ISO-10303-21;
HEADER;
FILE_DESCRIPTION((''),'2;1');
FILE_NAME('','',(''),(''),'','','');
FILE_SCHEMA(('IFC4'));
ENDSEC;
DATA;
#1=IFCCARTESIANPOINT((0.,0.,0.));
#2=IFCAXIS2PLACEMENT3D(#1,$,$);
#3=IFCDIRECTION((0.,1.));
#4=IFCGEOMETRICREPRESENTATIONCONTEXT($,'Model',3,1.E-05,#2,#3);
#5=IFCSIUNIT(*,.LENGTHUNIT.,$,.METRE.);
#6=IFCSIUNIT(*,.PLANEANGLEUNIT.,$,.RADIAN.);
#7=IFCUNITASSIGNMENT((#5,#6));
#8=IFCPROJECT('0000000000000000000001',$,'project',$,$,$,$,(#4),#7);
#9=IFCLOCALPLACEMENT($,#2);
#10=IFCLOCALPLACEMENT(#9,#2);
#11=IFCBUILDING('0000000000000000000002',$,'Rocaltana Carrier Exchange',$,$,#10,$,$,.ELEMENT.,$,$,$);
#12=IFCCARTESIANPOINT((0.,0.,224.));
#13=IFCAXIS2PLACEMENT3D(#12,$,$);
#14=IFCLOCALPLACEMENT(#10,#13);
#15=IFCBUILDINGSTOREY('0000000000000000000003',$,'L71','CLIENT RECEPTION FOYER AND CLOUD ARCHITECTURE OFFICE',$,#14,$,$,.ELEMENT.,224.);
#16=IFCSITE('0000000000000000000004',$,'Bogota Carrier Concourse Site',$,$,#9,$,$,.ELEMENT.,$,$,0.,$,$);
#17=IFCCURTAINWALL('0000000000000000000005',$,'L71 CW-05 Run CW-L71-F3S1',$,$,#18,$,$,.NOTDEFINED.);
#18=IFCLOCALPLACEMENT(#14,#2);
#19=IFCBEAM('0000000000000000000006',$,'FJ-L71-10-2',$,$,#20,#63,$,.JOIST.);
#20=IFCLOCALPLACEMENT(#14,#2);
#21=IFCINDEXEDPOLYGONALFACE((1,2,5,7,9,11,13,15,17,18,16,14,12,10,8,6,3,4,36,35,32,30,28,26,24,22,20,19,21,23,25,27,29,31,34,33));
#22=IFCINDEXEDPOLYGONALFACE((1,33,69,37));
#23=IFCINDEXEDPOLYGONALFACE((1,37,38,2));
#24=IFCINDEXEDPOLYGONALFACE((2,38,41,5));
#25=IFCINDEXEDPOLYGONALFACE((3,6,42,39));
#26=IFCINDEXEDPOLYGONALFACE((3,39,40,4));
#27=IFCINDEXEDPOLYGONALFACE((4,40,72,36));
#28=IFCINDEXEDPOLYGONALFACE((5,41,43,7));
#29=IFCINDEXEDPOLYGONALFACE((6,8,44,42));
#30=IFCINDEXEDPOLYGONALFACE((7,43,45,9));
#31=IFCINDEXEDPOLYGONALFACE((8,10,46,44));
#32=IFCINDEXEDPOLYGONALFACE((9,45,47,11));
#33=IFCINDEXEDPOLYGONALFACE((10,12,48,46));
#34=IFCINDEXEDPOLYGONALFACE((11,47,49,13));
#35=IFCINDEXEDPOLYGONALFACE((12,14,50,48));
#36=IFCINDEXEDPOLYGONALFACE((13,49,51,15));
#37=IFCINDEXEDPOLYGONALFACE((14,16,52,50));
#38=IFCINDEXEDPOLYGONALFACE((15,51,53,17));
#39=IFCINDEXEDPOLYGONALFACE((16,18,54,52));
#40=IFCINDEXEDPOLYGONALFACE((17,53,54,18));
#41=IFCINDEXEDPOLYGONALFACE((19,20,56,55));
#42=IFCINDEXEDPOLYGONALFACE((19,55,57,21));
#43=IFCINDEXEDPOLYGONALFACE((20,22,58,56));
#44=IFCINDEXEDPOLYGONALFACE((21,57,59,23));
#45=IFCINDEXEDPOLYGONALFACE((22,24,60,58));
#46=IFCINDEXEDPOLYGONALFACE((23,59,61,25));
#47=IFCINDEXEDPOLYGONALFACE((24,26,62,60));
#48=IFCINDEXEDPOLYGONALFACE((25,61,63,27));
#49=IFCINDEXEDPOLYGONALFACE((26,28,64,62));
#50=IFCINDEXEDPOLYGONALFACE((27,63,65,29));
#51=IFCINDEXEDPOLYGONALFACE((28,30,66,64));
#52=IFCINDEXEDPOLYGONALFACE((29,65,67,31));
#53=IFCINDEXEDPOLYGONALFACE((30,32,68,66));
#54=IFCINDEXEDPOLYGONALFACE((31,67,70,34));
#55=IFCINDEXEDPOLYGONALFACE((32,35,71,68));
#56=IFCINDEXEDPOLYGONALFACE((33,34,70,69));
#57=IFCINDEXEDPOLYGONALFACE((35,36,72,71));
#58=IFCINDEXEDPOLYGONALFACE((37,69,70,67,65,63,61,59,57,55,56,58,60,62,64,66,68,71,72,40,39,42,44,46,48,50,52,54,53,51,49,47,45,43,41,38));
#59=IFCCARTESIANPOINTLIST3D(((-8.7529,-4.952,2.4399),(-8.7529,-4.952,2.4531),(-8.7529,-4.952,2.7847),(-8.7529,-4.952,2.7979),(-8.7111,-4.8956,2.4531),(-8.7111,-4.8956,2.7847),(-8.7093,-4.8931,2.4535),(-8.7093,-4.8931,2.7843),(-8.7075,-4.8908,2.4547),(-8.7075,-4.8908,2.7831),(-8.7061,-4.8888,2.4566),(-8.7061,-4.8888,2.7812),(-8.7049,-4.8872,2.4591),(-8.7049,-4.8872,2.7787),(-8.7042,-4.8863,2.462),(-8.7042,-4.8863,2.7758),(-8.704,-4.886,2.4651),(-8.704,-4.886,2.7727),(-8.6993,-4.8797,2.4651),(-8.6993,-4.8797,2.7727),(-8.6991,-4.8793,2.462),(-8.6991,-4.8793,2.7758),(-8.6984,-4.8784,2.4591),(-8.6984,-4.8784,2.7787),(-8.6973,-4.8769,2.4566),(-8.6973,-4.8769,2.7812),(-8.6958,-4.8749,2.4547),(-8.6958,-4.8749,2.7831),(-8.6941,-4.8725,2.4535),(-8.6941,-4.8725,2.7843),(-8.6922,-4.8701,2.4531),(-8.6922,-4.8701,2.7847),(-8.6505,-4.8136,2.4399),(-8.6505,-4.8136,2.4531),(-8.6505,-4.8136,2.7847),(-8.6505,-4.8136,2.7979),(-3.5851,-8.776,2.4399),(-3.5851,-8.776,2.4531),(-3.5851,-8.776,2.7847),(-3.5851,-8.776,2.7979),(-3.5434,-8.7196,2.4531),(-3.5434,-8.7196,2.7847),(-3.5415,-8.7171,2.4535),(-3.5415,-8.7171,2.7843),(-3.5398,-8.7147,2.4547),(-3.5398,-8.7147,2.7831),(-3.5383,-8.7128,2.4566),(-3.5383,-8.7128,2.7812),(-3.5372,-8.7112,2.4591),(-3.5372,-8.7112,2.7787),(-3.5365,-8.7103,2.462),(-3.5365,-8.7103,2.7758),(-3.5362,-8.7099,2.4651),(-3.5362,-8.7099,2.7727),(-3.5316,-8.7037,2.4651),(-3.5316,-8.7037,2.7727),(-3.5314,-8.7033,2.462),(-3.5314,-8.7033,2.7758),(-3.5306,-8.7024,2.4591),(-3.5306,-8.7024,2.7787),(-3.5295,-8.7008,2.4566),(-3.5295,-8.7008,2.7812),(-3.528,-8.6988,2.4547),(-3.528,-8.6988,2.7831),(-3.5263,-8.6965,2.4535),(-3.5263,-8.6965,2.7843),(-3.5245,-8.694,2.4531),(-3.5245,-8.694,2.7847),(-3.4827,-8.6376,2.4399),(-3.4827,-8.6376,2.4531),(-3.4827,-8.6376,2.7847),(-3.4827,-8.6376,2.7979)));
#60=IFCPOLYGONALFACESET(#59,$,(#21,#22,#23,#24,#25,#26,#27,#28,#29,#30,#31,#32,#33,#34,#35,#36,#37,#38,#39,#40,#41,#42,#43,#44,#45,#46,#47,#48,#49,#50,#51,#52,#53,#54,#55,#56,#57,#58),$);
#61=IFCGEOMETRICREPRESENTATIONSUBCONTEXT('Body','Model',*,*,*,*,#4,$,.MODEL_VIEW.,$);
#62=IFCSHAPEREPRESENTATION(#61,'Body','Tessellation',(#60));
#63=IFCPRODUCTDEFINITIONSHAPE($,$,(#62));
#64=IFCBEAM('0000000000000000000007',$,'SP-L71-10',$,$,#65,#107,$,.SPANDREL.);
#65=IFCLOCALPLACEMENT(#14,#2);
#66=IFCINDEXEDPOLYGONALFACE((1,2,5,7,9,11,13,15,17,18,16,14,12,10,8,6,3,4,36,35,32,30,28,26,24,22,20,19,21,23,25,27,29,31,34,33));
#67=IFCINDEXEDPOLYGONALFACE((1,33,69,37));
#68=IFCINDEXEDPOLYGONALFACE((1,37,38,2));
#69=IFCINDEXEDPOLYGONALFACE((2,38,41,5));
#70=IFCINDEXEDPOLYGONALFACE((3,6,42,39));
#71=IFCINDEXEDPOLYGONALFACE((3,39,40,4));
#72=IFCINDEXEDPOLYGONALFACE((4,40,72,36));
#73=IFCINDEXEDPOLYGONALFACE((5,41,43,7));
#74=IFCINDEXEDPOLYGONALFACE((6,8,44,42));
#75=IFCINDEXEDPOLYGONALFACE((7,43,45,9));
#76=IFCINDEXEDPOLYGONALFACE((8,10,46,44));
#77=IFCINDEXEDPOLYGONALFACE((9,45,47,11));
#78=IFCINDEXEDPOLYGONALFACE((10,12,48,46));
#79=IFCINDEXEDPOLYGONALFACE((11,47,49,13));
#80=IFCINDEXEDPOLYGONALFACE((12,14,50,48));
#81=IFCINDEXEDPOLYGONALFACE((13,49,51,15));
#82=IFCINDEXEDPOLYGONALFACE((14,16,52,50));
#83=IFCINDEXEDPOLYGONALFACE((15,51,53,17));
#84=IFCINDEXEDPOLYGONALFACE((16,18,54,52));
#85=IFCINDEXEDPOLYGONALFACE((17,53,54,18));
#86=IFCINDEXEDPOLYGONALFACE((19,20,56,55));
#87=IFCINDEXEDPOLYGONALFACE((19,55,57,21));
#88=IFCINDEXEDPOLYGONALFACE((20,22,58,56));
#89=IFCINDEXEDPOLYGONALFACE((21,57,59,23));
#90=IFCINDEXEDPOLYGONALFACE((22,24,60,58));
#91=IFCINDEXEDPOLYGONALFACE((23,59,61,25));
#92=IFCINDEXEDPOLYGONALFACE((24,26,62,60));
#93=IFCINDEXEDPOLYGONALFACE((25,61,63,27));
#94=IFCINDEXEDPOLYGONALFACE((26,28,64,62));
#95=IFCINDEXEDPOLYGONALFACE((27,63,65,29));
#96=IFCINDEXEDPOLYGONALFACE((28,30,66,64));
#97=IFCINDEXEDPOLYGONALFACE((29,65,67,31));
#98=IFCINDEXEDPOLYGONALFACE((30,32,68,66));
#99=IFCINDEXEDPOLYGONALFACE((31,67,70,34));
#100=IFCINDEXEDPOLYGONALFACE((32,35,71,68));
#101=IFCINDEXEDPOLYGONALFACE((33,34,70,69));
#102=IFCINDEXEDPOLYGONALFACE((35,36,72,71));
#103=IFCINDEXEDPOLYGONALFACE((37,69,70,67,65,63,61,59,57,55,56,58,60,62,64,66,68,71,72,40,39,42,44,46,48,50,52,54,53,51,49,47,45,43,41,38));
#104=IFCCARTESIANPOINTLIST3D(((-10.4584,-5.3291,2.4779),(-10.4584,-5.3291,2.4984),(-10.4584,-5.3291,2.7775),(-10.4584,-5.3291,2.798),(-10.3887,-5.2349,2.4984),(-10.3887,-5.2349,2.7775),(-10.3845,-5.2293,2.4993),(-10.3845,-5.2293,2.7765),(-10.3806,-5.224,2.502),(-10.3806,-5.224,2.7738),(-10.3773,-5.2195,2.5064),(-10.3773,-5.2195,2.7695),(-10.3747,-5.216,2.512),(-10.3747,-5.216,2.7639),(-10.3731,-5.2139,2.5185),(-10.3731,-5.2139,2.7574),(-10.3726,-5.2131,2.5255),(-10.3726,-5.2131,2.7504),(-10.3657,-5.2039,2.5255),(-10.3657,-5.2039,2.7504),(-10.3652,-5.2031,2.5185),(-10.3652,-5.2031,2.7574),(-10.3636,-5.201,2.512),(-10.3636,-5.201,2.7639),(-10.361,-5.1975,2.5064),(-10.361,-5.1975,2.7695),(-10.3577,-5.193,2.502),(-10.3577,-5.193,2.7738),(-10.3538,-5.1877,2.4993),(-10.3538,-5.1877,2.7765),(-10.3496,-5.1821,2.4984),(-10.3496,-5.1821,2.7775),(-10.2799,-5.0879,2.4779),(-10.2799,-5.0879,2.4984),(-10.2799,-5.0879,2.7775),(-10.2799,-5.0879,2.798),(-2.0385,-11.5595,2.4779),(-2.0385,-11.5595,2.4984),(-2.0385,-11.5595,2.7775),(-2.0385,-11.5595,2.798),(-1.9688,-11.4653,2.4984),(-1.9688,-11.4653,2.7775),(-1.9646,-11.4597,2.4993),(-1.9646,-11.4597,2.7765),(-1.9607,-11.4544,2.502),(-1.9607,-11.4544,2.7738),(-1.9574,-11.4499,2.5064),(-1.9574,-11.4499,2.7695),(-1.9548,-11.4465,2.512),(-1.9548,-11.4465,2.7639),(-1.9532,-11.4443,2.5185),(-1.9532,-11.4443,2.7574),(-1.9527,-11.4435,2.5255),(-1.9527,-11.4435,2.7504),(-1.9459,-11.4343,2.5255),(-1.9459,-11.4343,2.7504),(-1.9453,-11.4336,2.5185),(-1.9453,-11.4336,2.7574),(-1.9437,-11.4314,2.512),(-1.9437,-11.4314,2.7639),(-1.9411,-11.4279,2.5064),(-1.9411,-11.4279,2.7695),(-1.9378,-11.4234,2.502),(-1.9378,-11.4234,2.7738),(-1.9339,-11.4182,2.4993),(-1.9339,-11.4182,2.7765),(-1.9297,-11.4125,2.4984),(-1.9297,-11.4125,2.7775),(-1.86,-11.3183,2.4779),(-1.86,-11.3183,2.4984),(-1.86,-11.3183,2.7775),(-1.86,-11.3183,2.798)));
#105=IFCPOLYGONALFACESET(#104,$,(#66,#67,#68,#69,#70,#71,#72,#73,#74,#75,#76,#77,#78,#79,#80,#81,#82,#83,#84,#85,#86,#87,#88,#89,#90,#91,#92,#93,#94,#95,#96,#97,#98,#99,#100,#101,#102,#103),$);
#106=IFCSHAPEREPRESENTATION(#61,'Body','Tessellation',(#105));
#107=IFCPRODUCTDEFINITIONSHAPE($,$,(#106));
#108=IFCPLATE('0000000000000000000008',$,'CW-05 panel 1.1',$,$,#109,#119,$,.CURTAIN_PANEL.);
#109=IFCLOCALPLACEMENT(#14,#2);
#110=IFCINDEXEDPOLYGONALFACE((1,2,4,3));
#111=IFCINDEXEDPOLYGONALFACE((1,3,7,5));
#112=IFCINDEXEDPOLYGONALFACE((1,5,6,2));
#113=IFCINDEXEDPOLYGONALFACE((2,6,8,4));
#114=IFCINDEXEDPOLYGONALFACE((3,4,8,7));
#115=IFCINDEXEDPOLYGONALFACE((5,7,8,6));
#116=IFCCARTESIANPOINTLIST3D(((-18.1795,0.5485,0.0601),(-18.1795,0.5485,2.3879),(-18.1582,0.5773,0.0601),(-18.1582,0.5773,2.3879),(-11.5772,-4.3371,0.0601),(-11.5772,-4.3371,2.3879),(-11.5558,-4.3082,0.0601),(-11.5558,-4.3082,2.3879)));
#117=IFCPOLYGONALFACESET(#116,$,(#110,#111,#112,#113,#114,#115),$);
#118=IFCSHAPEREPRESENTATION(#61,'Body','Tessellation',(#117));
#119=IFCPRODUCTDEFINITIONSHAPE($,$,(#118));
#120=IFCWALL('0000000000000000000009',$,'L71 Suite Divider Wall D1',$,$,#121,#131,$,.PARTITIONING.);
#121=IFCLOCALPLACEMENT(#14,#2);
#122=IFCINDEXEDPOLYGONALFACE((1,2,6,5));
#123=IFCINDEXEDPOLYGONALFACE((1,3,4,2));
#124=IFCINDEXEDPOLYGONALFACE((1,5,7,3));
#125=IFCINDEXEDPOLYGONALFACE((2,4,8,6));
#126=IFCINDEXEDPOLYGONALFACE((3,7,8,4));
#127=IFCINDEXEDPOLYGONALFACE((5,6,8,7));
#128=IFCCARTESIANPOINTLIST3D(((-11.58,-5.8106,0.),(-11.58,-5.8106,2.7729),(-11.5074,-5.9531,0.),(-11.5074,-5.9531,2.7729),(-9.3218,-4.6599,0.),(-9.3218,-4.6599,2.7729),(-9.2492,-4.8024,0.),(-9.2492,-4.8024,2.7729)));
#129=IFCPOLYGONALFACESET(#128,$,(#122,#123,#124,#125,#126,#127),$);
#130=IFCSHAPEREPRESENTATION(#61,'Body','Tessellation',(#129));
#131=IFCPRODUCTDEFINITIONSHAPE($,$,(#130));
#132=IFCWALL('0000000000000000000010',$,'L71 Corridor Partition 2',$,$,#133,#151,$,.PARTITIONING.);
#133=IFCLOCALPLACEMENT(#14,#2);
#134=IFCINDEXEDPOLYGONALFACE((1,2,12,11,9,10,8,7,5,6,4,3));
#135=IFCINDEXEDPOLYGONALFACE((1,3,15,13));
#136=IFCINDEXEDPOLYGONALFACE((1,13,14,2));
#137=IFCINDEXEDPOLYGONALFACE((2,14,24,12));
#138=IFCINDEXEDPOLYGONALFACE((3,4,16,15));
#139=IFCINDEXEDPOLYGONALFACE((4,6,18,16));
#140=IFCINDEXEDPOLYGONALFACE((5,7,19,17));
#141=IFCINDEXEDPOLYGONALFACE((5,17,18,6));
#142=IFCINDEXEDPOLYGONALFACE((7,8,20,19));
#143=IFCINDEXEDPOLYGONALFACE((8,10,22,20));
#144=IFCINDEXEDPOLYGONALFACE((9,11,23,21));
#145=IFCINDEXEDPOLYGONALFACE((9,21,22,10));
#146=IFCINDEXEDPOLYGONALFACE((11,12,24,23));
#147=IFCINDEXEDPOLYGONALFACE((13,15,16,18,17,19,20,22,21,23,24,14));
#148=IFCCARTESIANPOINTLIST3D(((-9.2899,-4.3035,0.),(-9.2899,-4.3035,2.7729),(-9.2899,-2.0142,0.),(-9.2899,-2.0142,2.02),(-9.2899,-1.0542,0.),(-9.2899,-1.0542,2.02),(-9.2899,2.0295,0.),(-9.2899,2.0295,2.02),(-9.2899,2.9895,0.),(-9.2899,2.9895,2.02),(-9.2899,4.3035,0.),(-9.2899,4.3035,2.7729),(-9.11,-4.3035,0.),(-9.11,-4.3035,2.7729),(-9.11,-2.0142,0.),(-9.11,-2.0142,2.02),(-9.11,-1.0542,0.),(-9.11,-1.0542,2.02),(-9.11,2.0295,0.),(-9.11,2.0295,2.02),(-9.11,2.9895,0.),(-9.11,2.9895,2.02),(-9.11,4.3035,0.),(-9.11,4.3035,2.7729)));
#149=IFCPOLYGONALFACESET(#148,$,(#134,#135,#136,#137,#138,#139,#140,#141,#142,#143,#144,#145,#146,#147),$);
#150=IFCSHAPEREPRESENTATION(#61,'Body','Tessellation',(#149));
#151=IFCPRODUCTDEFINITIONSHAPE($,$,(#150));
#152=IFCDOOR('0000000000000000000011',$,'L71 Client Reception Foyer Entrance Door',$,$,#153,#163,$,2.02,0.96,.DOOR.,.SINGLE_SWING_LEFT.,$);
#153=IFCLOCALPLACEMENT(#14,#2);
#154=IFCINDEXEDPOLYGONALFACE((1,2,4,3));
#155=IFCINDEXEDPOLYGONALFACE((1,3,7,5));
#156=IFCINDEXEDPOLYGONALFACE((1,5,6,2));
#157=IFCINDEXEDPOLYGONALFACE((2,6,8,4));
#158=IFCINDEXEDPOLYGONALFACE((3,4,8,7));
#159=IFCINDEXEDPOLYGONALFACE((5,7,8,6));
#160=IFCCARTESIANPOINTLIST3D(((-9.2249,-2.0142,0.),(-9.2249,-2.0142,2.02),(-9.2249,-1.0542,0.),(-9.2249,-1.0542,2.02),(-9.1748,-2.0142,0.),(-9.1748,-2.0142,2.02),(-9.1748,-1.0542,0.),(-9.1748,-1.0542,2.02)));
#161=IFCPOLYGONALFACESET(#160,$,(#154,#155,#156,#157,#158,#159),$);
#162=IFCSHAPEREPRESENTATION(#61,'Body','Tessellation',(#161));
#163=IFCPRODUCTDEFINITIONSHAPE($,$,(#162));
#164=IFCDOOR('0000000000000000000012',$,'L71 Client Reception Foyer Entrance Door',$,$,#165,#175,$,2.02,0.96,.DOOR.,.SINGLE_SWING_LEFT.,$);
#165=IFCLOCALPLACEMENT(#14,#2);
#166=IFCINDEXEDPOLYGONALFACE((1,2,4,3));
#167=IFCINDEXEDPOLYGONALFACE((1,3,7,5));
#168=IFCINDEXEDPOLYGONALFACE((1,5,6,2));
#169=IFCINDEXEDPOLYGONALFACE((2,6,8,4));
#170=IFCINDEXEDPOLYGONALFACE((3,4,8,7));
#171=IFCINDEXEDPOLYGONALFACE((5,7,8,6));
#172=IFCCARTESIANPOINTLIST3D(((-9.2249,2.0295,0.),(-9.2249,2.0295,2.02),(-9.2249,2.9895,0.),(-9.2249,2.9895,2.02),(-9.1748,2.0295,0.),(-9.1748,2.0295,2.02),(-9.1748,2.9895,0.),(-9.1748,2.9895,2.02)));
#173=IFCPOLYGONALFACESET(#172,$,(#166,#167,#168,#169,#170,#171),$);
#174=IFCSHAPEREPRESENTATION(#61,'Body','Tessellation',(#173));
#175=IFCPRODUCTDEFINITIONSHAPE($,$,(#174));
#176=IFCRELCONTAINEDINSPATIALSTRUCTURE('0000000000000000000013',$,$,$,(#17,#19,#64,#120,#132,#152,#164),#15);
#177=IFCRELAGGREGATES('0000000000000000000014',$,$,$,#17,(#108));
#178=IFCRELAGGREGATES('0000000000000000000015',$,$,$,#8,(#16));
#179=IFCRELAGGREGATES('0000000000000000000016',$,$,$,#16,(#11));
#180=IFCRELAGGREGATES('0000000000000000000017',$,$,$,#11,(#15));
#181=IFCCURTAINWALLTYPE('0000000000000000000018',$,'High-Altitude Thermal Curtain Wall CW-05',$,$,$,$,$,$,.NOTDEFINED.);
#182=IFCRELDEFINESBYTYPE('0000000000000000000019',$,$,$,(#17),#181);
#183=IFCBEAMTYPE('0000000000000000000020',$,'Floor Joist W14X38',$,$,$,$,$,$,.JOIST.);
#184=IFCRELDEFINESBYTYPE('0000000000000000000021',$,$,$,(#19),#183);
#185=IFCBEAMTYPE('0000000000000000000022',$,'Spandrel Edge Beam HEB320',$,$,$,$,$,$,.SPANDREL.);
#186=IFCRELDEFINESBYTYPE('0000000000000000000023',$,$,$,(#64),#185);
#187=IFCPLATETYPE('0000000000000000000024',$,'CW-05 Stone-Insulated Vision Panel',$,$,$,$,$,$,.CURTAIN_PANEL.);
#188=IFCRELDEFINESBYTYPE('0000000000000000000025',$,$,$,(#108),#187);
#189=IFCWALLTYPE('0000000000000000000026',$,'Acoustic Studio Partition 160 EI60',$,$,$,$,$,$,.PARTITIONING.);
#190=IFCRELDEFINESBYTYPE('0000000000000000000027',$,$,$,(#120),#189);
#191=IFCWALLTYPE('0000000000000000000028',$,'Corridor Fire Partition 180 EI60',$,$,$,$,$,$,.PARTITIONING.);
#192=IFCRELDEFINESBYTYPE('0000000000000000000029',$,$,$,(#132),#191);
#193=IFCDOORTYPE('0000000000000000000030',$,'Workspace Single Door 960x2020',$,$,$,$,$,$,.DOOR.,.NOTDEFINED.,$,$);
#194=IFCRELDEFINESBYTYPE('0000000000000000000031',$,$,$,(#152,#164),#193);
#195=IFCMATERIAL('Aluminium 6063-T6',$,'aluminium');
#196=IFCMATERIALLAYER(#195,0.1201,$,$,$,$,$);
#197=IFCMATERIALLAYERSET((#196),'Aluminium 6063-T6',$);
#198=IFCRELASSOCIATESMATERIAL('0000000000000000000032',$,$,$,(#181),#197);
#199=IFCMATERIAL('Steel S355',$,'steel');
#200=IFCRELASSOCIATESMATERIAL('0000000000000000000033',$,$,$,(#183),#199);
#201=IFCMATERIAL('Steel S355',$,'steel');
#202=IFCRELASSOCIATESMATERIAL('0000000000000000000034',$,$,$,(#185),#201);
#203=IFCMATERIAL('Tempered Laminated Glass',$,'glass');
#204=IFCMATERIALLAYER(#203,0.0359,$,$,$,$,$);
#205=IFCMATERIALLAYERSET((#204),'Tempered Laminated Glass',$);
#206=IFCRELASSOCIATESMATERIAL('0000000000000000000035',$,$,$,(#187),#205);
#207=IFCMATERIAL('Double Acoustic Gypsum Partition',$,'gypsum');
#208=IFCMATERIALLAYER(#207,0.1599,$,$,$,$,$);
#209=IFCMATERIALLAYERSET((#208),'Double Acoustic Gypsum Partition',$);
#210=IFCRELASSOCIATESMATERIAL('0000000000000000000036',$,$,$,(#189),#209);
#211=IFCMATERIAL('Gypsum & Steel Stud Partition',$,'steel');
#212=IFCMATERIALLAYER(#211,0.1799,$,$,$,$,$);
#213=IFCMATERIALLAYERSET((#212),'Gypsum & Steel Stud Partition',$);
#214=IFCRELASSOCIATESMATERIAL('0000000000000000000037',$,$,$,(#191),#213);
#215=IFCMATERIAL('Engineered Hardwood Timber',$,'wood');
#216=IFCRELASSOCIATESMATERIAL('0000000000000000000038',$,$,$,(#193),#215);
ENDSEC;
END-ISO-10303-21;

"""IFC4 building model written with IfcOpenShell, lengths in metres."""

from ifc_helpers import new_model, si_unit, direction, frame, frame_2d, origin, origin_2d, place, context, subcontext, project, spatial, rectangle, i_section, extrude, material, layer, layer_set, material_profile, profile_set, type_object, element, fill, aggregate, save


model = new_model("IFC4")

# Units and contexts
model_context = context("Model", 3, precision=1e-05, world=origin(), true_north=direction((0.0, 1.0)))
body_context = subcontext(model_context, "Body", "Model", "MODEL_VIEW")
ifc_project = project(units=[si_unit("LENGTHUNIT", "METRE"), si_unit("PLANEANGLEUNIT", "RADIAN")], contexts=[model_context])

# Site, building, storey
site_placement = place(None, origin())
site = spatial("IfcSite", under=ifc_project, at=site_placement, Name="Bogota Carrier Concourse Site", CompositionType="ELEMENT", RefElevation=0.0)
building_placement = place(site_placement, origin())
building = spatial("IfcBuilding", under=site, at=building_placement, Name="Rocaltana Carrier Exchange", CompositionType="ELEMENT")
storey_placement = place(building_placement, frame((0.0, 0.0, 224.0)))
storey = spatial("IfcBuildingStorey", under=building, at=storey_placement, Name="L71", Description="CLIENT RECEPTION FOYER AND CLOUD ARCHITECTURE OFFICE", CompositionType="ELEMENT", Elevation=224.0)

# Curtain wall
ifc_material_1 = material(Name="Aluminium 6063-T6", Category="aluminium")
ifc_layer_1 = layer(ifc_material_1, 0.1201)
ifc_layer_set_1 = layer_set([ifc_layer_1], Name="Aluminium 6063-T6")
curtain_wall_type = type_object("IfcCurtainWallType", Name="High-Altitude Thermal Curtain Wall CW-05", PredefinedType="NOTDEFINED", material=ifc_layer_set_1)
curtain_wall_1_placement = place(storey_placement, origin())
curtain_wall_1 = element("IfcCurtainWall", 1, at=curtain_wall_1_placement, inside=storey, type_object=curtain_wall_type, Name="L71 CW-05 Run CW-L71-F3S1", PredefinedType="NOTDEFINED")

# Beams
ifc_material_2 = material(Name="Steel S355", Category="steel")
ifc_material_profile_1 = material_profile(ifc_material_2, i_section(OverallWidth=0.1721, OverallDepth=0.3579, WebThickness=0.0078, FlangeThickness=0.0132, FilletRadius=0.012, at=origin_2d()), Name="W14X38")
ifc_profile_set_1 = profile_set([ifc_material_profile_1], Name="Steel S355")
beam_type_1 = type_object("IfcBeamType", Name="Floor Joist W14X38", PredefinedType="JOIST", material=ifc_profile_set_1)
beam_1_placement = place(storey_placement, frame((-8.7017, -4.8828, 2.6189), z_axis=(0.803852, -0.594829, 0.0), x_axis=(0.594829, 0.803852, 0.0)))
element("IfcBeam", 2, at=beam_1_placement, inside=storey, type_object=beam_type_1, Name="FJ-L71-10-2", PredefinedType="JOIST", context=body_context, shape_type="SweptSolid", body=[
    extrude(i_section(OverallWidth=0.1721, OverallDepth=0.3579, WebThickness=0.0078, FlangeThickness=0.0132, FilletRadius=0.012, at=origin_2d()), origin(), (0.0, 0.0, 1.0), 6.4287),
])
ifc_material_3 = material(Name="Steel S355", Category="steel")
ifc_material_profile_2 = material_profile(ifc_material_3, i_section(OverallWidth=0.3, OverallDepth=0.3201, WebThickness=0.0115, FlangeThickness=0.0205, FilletRadius=0.0271, at=origin_2d()), Name="HEB320")
ifc_profile_set_2 = profile_set([ifc_material_profile_2], Name="Steel S355")
beam_type_2 = type_object("IfcBeamType", Name="Spandrel Edge Beam HEB320", PredefinedType="SPANDREL", material=ifc_profile_set_2)
beam_2_placement = place(storey_placement, frame((-10.3691, -5.2085, 2.6379), z_axis=(0.803854, -0.594826, 0.0), x_axis=(0.594826, 0.803854, 0.0)))
element("IfcBeam", 3, at=beam_2_placement, inside=storey, type_object=beam_type_2, Name="SP-L71-10", PredefinedType="SPANDREL", context=body_context, shape_type="SweptSolid", body=[
    extrude(i_section(OverallWidth=0.3, OverallDepth=0.3201, WebThickness=0.0115, FlangeThickness=0.0205, FilletRadius=0.0271, at=origin_2d()), origin(), (0.0, 0.0, 1.0), 10.4744),
])

# Plate
ifc_material_4 = material(Name="Tempered Laminated Glass", Category="glass")
ifc_layer_2 = layer(ifc_material_4, 0.0359)
ifc_layer_set_2 = layer_set([ifc_layer_2], Name="Tempered Laminated Glass")
plate_type = type_object("IfcPlateType", Name="CW-05 Stone-Insulated Vision Panel", PredefinedType="CURTAIN_PANEL", material=ifc_layer_set_2)
plate_placement = place(storey_placement, frame((-14.8677, -1.8799, 0.0601), z_axis=(0.0, 0.0, 1.0), x_axis=(0.803854, -0.594827, 0.0)))
plate = element("IfcPlate", 4, at=plate_placement, type_object=plate_type, Name="CW-05 panel 1.1", PredefinedType="CURTAIN_PANEL", context=body_context, shape_type="SweptSolid", body=[
    extrude(rectangle(XDim=8.2134, YDim=0.0359, at=origin_2d()), origin(), (0.0, 0.0, 1.0), 2.3279),
])
aggregate(curtain_wall_1, [plate])

# Wall
ifc_material_5 = material(Name="Double Acoustic Gypsum Partition", Category="gypsum")
ifc_layer_3 = layer(ifc_material_5, 0.1599)
ifc_layer_set_3 = layer_set([ifc_layer_3], Name="Double Acoustic Gypsum Partition")
wall_type_1 = type_object("IfcWallType", Name="Acoustic Studio Partition 160 EI60", PredefinedType="PARTITIONING", material=ifc_layer_set_3)
wall_1_placement = place(storey_placement, frame((-9.2856, -4.7312, 0.0), z_axis=(0.0, 0.0, 1.0), x_axis=(-0.890991, -0.454021, 0.0)))
element("IfcWall", 5, at=wall_1_placement, inside=storey, type_object=wall_type_1, Name="L71 Suite Divider Wall D1", PredefinedType="PARTITIONING", context=body_context, shape_type="SweptSolid", body=[
    extrude(rectangle(XDim=2.5344, YDim=0.1599, at=frame_2d((1.2671, 0.0))), origin(), (0.0, 0.0, 1.0), 2.7729),
])

# Wall, openings, doors
ifc_material_6 = material(Name="Gypsum & Steel Stud Partition", Category="steel")
ifc_layer_4 = layer(ifc_material_6, 0.1799)
ifc_layer_set_4 = layer_set([ifc_layer_4], Name="Gypsum & Steel Stud Partition")
wall_type_2 = type_object("IfcWallType", Name="Corridor Fire Partition 180 EI60", PredefinedType="PARTITIONING", material=ifc_layer_set_4)
wall_2_placement = place(storey_placement, frame((-9.2, -4.3035, 0.0), z_axis=(0.0, 0.0, 1.0), x_axis=(0.0, 1.0, 0.0)))
wall_2 = element("IfcWall", 6, at=wall_2_placement, inside=storey, type_object=wall_type_2, Name="L71 Corridor Partition 2", PredefinedType="PARTITIONING", context=body_context, shape_type="SweptSolid", body=[
    extrude(rectangle(XDim=8.6069, YDim=0.1799, at=frame_2d((4.3035, 0.0))), origin(), (0.0, 0.0, 1.0), 2.7729),
])
opening_1_placement = place(wall_2_placement, frame((2.2893, 0.0, 0.0)))
opening_1 = element("IfcOpeningElement", 7, at=opening_1_placement, cuts=wall_2, PredefinedType="OPENING", context=body_context, shape_type="SweptSolid", body=[
    extrude(rectangle(XDim=0.96, YDim=2.02, at=frame_2d((0.48, 1.01))), frame((0.0, 0.0999, 0.0), z_axis=(0.0, -1.0, 0.0), x_axis=(1.0, 0.0, 0.0)), (0.0, 0.0, 1.0), 0.2),
])
opening_2_placement = place(wall_2_placement, frame((6.333, 0.0, 0.0)))
opening_2 = element("IfcOpeningElement", 8, at=opening_2_placement, cuts=wall_2, PredefinedType="OPENING", context=body_context, shape_type="SweptSolid", body=[
    extrude(rectangle(XDim=0.96, YDim=2.02, at=frame_2d((0.48, 1.01))), frame((0.0, 0.0999, 0.0), z_axis=(0.0, -1.0, 0.0), x_axis=(1.0, 0.0, 0.0)), (0.0, 0.0, 1.0), 0.2),
])
ifc_material_7 = material(Name="Engineered Hardwood Timber", Category="wood")
door_type = type_object("IfcDoorType", Name="Workspace Single Door 960x2020", OperationType="NOTDEFINED", PredefinedType="DOOR", material=ifc_material_7)
door_1_placement = place(opening_1_placement, origin())
door_1 = element("IfcDoor", 9, at=door_1_placement, inside=storey, type_object=door_type, Name="L71 Client Reception Foyer Entrance Door", OperationType="SINGLE_SWING_LEFT", OverallHeight=2.02, OverallWidth=0.96, PredefinedType="DOOR", context=body_context, shape_type="SweptSolid", body=[
    extrude(rectangle(XDim=0.96, YDim=2.02, at=frame_2d((0.48, 1.01))), frame((0.0, 0.0249, 0.0), z_axis=(0.0, -1.0, 0.0), x_axis=(1.0, 0.0, 0.0)), (0.0, 0.0, 1.0), 0.05),
])
fill(opening_1, door_1)
door_2_placement = place(opening_2_placement, origin())
door_2 = element("IfcDoor", 10, at=door_2_placement, inside=storey, type_object=door_type, Name="L71 Client Reception Foyer Entrance Door", OperationType="SINGLE_SWING_LEFT", OverallHeight=2.02, OverallWidth=0.96, PredefinedType="DOOR", context=body_context, shape_type="SweptSolid", body=[
    extrude(rectangle(XDim=0.96, YDim=2.02, at=frame_2d((0.48, 1.01))), frame((0.0, 0.0249, 0.0), z_axis=(0.0, -1.0, 0.0), x_axis=(1.0, 0.0, 0.0)), (0.0, 0.0, 1.0), 0.05),
])
fill(opening_2, door_2)

save(model, "model.ifc")
